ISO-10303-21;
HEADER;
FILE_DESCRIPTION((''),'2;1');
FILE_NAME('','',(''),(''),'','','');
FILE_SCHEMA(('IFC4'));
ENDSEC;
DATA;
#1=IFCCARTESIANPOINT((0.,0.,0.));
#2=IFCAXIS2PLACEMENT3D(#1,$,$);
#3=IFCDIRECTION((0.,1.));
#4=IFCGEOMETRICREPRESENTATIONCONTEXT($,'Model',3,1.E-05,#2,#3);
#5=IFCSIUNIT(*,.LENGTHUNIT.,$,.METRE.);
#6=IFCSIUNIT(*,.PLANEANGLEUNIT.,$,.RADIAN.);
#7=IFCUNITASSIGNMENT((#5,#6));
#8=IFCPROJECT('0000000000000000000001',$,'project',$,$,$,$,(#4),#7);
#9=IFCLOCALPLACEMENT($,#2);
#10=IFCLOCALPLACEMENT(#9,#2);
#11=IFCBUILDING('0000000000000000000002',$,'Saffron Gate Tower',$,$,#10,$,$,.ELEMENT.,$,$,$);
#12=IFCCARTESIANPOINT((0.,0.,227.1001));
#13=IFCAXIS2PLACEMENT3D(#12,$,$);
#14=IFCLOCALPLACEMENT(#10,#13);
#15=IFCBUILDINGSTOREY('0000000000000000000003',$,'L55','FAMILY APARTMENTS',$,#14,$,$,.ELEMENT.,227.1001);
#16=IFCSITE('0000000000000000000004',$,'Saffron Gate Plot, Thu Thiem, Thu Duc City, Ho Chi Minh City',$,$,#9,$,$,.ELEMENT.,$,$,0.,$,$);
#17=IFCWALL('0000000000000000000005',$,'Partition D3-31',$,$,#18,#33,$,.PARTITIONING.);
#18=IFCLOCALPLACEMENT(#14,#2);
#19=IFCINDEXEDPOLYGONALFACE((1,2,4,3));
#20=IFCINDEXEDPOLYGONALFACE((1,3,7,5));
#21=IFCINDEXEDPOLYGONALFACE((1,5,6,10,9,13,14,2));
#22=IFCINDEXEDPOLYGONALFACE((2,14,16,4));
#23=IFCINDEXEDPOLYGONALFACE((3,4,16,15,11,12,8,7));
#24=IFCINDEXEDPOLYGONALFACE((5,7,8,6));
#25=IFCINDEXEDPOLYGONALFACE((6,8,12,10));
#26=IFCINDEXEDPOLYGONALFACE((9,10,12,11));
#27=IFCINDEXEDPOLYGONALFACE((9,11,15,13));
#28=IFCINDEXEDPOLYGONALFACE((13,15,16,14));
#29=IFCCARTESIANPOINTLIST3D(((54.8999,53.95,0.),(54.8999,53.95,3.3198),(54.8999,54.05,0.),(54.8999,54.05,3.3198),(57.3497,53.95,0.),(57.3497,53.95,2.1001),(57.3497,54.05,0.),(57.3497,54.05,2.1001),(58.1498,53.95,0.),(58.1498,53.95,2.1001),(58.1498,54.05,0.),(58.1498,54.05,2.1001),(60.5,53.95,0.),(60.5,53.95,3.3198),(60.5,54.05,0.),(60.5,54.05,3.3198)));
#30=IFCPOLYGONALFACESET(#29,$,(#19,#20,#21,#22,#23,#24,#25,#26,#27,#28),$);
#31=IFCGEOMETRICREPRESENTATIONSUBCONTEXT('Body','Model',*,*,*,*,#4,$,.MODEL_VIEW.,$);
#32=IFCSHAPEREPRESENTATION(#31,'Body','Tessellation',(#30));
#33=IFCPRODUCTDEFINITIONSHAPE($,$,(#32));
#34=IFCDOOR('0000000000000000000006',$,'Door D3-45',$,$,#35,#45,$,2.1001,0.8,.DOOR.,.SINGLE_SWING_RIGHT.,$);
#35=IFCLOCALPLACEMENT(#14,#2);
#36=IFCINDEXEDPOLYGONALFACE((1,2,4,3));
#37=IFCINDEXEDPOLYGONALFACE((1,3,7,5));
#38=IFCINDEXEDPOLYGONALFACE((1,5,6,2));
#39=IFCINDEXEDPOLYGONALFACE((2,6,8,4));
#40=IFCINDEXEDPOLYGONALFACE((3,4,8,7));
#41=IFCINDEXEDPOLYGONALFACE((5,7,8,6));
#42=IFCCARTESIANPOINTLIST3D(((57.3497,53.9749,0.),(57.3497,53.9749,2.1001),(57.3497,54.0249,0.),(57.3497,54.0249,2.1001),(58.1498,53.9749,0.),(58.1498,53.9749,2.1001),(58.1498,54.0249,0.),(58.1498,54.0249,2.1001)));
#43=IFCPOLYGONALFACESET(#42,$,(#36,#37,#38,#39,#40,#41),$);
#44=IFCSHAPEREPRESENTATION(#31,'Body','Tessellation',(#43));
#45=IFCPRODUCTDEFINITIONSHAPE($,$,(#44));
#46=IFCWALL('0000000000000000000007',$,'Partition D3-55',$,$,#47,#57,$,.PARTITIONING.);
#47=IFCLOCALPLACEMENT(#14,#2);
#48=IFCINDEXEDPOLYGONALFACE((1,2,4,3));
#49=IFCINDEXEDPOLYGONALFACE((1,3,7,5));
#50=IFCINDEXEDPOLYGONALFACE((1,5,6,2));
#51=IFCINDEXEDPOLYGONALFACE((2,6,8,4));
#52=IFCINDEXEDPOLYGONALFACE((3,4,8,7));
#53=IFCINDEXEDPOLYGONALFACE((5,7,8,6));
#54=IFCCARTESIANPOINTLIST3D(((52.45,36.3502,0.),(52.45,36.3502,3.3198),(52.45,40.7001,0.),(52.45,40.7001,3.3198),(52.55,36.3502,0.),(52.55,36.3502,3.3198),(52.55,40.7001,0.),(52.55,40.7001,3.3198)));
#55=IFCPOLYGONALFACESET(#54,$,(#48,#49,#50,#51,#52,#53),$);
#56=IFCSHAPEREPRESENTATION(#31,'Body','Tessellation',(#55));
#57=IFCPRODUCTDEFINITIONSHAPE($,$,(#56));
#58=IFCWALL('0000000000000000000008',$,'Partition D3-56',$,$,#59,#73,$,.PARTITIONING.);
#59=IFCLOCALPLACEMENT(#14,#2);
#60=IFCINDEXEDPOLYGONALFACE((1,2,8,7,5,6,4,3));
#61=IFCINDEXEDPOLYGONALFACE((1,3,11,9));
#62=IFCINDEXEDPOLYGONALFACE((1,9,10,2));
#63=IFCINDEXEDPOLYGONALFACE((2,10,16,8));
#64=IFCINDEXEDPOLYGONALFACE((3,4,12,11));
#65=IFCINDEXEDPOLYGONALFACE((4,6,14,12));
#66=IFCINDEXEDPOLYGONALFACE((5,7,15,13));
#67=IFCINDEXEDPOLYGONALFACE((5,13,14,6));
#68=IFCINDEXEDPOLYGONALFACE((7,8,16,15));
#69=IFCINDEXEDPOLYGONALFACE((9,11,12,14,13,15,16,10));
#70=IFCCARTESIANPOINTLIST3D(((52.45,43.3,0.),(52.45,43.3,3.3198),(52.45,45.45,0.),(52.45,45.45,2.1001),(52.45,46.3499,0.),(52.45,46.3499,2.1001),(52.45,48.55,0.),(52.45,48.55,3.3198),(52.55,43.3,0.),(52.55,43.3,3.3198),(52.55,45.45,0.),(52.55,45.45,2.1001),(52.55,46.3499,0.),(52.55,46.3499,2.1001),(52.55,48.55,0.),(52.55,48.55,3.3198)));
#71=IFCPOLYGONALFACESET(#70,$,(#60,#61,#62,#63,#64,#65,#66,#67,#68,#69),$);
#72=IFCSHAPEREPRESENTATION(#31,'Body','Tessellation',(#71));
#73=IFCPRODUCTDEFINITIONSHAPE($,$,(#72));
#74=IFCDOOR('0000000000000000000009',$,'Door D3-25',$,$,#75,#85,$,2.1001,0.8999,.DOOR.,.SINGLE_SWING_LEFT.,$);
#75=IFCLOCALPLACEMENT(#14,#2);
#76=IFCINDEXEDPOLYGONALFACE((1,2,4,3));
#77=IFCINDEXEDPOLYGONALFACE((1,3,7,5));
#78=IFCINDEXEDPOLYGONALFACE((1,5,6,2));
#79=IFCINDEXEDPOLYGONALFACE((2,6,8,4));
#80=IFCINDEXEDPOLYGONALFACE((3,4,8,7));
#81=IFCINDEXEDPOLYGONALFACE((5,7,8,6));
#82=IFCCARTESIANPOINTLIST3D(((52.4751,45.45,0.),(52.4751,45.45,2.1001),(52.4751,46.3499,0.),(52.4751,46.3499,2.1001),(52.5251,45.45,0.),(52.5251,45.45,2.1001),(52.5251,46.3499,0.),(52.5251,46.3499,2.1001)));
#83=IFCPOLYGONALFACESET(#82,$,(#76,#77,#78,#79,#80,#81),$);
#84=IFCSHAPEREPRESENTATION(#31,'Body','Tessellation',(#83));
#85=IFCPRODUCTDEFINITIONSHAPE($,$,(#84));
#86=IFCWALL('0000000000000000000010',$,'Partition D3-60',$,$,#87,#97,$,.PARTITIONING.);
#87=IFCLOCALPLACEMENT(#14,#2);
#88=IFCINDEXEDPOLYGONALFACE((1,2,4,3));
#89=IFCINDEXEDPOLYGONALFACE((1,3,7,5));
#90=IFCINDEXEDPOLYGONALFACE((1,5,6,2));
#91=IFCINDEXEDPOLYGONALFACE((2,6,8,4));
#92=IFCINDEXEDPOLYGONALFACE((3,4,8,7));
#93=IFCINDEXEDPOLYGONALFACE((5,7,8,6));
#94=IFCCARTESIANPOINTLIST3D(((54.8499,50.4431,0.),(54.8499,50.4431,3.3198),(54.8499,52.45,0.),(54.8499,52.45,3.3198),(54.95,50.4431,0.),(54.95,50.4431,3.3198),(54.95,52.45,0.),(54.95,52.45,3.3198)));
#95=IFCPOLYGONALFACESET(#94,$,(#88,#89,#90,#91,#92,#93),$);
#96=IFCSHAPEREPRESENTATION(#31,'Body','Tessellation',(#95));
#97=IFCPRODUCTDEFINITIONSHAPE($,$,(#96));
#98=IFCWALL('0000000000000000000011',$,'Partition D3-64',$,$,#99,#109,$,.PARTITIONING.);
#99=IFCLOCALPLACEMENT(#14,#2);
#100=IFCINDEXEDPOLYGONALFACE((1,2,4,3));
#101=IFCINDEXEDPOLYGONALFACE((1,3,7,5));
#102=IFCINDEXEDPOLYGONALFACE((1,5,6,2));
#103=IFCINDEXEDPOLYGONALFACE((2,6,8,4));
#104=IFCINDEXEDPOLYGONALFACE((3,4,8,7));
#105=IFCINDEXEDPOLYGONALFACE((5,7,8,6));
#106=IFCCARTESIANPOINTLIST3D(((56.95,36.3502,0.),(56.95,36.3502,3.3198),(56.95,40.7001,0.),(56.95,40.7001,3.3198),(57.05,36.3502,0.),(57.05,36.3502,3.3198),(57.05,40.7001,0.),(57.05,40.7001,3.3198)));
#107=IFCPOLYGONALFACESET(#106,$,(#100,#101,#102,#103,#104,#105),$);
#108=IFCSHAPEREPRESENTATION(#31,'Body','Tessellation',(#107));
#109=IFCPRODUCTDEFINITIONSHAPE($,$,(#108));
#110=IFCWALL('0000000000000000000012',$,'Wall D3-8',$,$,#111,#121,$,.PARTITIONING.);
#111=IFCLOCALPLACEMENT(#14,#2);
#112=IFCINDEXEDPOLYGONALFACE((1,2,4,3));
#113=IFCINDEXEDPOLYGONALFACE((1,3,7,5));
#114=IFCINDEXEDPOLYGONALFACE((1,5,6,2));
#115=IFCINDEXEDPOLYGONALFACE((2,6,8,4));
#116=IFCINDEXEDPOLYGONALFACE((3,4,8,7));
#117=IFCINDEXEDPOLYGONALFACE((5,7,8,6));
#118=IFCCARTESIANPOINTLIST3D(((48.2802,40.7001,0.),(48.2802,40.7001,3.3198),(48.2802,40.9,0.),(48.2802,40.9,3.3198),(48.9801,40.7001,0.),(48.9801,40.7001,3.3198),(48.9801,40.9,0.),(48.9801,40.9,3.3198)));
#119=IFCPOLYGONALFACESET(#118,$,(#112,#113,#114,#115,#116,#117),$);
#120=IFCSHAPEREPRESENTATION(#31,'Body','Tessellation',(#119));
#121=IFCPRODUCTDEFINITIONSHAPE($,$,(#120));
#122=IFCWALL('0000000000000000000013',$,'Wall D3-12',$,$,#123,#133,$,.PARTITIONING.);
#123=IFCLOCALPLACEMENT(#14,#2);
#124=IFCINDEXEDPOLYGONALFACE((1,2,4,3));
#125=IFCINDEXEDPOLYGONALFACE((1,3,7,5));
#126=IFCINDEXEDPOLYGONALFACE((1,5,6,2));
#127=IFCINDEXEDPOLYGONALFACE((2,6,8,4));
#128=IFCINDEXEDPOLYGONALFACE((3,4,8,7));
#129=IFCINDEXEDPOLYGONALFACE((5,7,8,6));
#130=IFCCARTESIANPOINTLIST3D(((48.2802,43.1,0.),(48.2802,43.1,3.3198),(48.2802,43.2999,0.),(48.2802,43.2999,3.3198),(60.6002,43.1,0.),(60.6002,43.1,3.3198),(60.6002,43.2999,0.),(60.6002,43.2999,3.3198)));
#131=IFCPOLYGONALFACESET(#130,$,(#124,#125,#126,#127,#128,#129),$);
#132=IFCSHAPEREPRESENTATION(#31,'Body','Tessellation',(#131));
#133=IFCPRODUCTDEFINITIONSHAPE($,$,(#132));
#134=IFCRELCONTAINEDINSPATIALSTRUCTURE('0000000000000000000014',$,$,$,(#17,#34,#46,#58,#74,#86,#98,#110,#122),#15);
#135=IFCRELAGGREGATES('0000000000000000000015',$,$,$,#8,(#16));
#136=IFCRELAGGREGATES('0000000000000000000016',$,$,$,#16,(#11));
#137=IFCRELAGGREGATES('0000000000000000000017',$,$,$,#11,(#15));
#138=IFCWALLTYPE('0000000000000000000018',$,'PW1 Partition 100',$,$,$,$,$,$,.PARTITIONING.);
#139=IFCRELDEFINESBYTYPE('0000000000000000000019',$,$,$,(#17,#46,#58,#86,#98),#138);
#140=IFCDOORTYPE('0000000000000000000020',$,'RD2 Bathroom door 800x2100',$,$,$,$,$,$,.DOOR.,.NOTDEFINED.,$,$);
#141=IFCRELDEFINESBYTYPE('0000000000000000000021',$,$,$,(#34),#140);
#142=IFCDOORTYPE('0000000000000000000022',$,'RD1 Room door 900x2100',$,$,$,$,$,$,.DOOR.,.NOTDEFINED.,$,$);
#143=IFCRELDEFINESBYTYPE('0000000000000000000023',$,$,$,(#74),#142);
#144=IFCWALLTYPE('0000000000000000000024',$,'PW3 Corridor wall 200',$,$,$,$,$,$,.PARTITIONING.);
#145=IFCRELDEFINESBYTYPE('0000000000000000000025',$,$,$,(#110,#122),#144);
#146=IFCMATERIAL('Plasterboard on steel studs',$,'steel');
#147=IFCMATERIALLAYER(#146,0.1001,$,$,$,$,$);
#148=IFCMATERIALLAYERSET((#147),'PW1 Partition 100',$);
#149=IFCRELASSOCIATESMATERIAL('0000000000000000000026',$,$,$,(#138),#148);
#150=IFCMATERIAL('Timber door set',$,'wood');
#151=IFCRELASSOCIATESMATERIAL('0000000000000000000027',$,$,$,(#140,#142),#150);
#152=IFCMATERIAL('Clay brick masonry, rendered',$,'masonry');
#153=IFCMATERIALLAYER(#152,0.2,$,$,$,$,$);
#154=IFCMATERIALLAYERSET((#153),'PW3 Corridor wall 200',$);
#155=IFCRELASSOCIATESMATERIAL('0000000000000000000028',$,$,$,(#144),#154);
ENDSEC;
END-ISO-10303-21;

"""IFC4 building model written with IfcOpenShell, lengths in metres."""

from ifc_helpers import new_model, si_unit, direction, frame, frame_2d, origin, place, context, subcontext, project, spatial, rectangle, extrude, material, layer, layer_set, type_object, element, fill, save


model = new_model("IFC4")

# Units and contexts
model_context = context("Model", 3, precision=1e-05, world=origin(), true_north=direction((0.0, 1.0)))
body_context = subcontext(model_context, "Body", "Model", "MODEL_VIEW")
ifc_project = project(units=[si_unit("LENGTHUNIT", "METRE"), si_unit("PLANEANGLEUNIT", "RADIAN")], contexts=[model_context])

# Site, building, storey
site_placement = place(None, origin())
site = spatial("IfcSite", under=ifc_project, at=site_placement, Name="Saffron Gate Plot, Thu Thiem, Thu Duc City, Ho Chi Minh City", CompositionType="ELEMENT", RefElevation=0.0)
building_placement = place(site_placement, origin())
building = spatial("IfcBuilding", under=site, at=building_placement, Name="Saffron Gate Tower", CompositionType="ELEMENT")
storey_placement = place(building_placement, frame((0.0, 0.0, 227.1001)))
storey = spatial("IfcBuildingStorey", under=building, at=storey_placement, Name="L55", Description="FAMILY APARTMENTS", CompositionType="ELEMENT", Elevation=227.1001)

# Shared definitions
ifc_material_1 = material(Name="Plasterboard on steel studs", Category="steel")
ifc_layer_1 = layer(ifc_material_1, 0.1001)
ifc_layer_set_1 = layer_set([ifc_layer_1], Name="PW1 Partition 100")
wall_type_1 = type_object("IfcWallType", Name="PW1 Partition 100", PredefinedType="PARTITIONING", material=ifc_layer_set_1)

# Shared definitions
ifc_material_2 = material(Name="Timber door set", Category="wood")
door_type_1 = type_object("IfcDoorType", Name="RD2 Bathroom door 800x2100", OperationType="NOTDEFINED", PredefinedType="DOOR", material=ifc_material_2)

# Wall, opening, door
door_type_2 = type_object("IfcDoorType", Name="RD1 Room door 900x2100", OperationType="NOTDEFINED", PredefinedType="DOOR", material=ifc_material_2)
wall_1_placement = place(storey_placement, frame((54.8999, 54.0, 0.0), z_axis=(0.0, 0.0, 1.0), x_axis=(1.0, 0.0, 0.0)))
wall_1 = element("IfcWall", 1, at=wall_1_placement, inside=storey, type_object=wall_type_1, Name="Partition D3-31", PredefinedType="PARTITIONING", context=body_context, shape_type="SweptSolid", body=[
    extrude(rectangle(XDim=5.6001, YDim=0.1001, at=frame_2d((2.8, 0.0))), origin(), (0.0, 0.0, 1.0), 3.3198),
])
opening_1_placement = place(wall_1_placement, frame((2.45, 0.0, 0.0)))
opening_1 = element("IfcOpeningElement", 2, at=opening_1_placement, cuts=wall_1, PredefinedType="OPENING", context=body_context, shape_type="SweptSolid", body=[
    extrude(rectangle(XDim=0.8, YDim=2.1001, at=frame_2d((0.3999, 1.05))), frame((0.0, 0.0601, 0.0), z_axis=(0.0, -1.0, 0.0), x_axis=(1.0, 0.0, 0.0)), (0.0, 0.0, 1.0), 0.1201),
])
door_1_placement = place(opening_1_placement, origin())
door_1 = element("IfcDoor", 3, at=door_1_placement, inside=storey, type_object=door_type_1, Name="Door D3-45", OperationType="SINGLE_SWING_RIGHT", OverallHeight=2.1001, OverallWidth=0.8, PredefinedType="DOOR", context=body_context, shape_type="SweptSolid", body=[
    extrude(rectangle(XDim=0.8, YDim=2.1001, at=frame_2d((0.3999, 1.05))), frame((0.0, 0.0249, 0.0), z_axis=(0.0, -1.0, 0.0), x_axis=(1.0, 0.0, 0.0)), (0.0, 0.0, 1.0), 0.05),
])
fill(opening_1, door_1)

# Wall
wall_2_placement = place(storey_placement, frame((52.5, 40.7, 0.0), z_axis=(0.0, 0.0, 1.0), x_axis=(0.0, -1.0, 0.0)))
element("IfcWall", 4, at=wall_2_placement, inside=storey, type_object=wall_type_1, Name="Partition D3-55", PredefinedType="PARTITIONING", context=body_context, shape_type="SweptSolid", body=[
    extrude(rectangle(XDim=4.3499, YDim=0.1001, at=frame_2d((2.1748, 0.0))), origin(), (0.0, 0.0, 1.0), 3.3198),
])

# Wall, opening, door
wall_3_placement = place(storey_placement, frame((52.5, 43.3, 0.0), z_axis=(0.0, 0.0, 1.0), x_axis=(0.0, 1.0, 0.0)))
wall_3 = element("IfcWall", 5, at=wall_3_placement, inside=storey, type_object=wall_type_1, Name="Partition D3-56", PredefinedType="PARTITIONING", context=body_context, shape_type="SweptSolid", body=[
    extrude(rectangle(XDim=5.25, YDim=0.1001, at=frame_2d((2.625, 0.0))), origin(), (0.0, 0.0, 1.0), 3.3198),
])
opening_2_placement = place(wall_3_placement, frame((2.1499, 0.0, 0.0)))
opening_2 = element("IfcOpeningElement", 6, at=opening_2_placement, cuts=wall_3, PredefinedType="OPENING", context=body_context, shape_type="SweptSolid", body=[
    extrude(rectangle(XDim=0.8999, YDim=2.1001, at=frame_2d((0.45, 1.05))), frame((0.0, 0.0601, 0.0), z_axis=(0.0, -1.0, 0.0), x_axis=(1.0, 0.0, 0.0)), (0.0, 0.0, 1.0), 0.1201),
])
door_2_placement = place(opening_2_placement, origin())
door_2 = element("IfcDoor", 7, at=door_2_placement, inside=storey, type_object=door_type_2, Name="Door D3-25", OperationType="SINGLE_SWING_LEFT", OverallHeight=2.1001, OverallWidth=0.8999, PredefinedType="DOOR", context=body_context, shape_type="SweptSolid", body=[
    extrude(rectangle(XDim=0.8999, YDim=2.1001, at=frame_2d((0.45, 1.05))), frame((0.0, 0.0249, 0.0), z_axis=(0.0, -1.0, 0.0), x_axis=(1.0, 0.0, 0.0)), (0.0, 0.0, 1.0), 0.05),
])
fill(opening_2, door_2)

# Walls
wall_4_placement = place(storey_placement, frame((54.8999, 52.45, 0.0), z_axis=(0.0, 0.0, 1.0), x_axis=(0.0, -1.0, 0.0)))
element("IfcWall", 8, at=wall_4_placement, inside=storey, type_object=wall_type_1, Name="Partition D3-60", PredefinedType="PARTITIONING", context=body_context, shape_type="SweptSolid", body=[
    extrude(rectangle(XDim=2.0068, YDim=0.1001, at=frame_2d((1.0034, 0.0))), origin(), (0.0, 0.0, 1.0), 3.3198),
])
wall_5_placement = place(storey_placement, frame((57.0, 40.7, 0.0), z_axis=(0.0, 0.0, 1.0), x_axis=(0.0, -1.0, 0.0)))
element("IfcWall", 9, at=wall_5_placement, inside=storey, type_object=wall_type_1, Name="Partition D3-64", PredefinedType="PARTITIONING", context=body_context, shape_type="SweptSolid", body=[
    extrude(rectangle(XDim=4.3499, YDim=0.1001, at=frame_2d((2.1748, 0.0))), origin(), (0.0, 0.0, 1.0), 3.3198),
])
ifc_material_3 = material(Name="Clay brick masonry, rendered", Category="masonry")
ifc_layer_2 = layer(ifc_material_3, 0.2)
ifc_layer_set_2 = layer_set([ifc_layer_2], Name="PW3 Corridor wall 200")
wall_type_2 = type_object("IfcWallType", Name="PW3 Corridor wall 200", PredefinedType="PARTITIONING", material=ifc_layer_set_2)
wall_6_placement = place(storey_placement, frame((48.28, 40.8, 0.0), z_axis=(0.0, 0.0, 1.0), x_axis=(1.0, 0.0, 0.0)))
element("IfcWall", 10, at=wall_6_placement, inside=storey, type_object=wall_type_2, Name="Wall D3-8", PredefinedType="PARTITIONING", context=body_context, shape_type="SweptSolid", body=[
    extrude(rectangle(XDim=0.7, YDim=0.2, at=frame_2d((0.3501, 0.0))), origin(), (0.0, 0.0, 1.0), 3.3198),
])
wall_7_placement = place(storey_placement, frame((48.28, 43.2, 0.0), z_axis=(0.0, 0.0, 1.0), x_axis=(1.0, 0.0, 0.0)))
element("IfcWall", 11, at=wall_7_placement, inside=storey, type_object=wall_type_2, Name="Wall D3-12", PredefinedType="PARTITIONING", context=body_context, shape_type="SweptSolid", body=[
    extrude(rectangle(XDim=12.3201, YDim=0.2, at=frame_2d((6.1602, 0.0))), origin(), (0.0, 0.0, 1.0), 3.3198),
])

save(model, "model.ifc")
